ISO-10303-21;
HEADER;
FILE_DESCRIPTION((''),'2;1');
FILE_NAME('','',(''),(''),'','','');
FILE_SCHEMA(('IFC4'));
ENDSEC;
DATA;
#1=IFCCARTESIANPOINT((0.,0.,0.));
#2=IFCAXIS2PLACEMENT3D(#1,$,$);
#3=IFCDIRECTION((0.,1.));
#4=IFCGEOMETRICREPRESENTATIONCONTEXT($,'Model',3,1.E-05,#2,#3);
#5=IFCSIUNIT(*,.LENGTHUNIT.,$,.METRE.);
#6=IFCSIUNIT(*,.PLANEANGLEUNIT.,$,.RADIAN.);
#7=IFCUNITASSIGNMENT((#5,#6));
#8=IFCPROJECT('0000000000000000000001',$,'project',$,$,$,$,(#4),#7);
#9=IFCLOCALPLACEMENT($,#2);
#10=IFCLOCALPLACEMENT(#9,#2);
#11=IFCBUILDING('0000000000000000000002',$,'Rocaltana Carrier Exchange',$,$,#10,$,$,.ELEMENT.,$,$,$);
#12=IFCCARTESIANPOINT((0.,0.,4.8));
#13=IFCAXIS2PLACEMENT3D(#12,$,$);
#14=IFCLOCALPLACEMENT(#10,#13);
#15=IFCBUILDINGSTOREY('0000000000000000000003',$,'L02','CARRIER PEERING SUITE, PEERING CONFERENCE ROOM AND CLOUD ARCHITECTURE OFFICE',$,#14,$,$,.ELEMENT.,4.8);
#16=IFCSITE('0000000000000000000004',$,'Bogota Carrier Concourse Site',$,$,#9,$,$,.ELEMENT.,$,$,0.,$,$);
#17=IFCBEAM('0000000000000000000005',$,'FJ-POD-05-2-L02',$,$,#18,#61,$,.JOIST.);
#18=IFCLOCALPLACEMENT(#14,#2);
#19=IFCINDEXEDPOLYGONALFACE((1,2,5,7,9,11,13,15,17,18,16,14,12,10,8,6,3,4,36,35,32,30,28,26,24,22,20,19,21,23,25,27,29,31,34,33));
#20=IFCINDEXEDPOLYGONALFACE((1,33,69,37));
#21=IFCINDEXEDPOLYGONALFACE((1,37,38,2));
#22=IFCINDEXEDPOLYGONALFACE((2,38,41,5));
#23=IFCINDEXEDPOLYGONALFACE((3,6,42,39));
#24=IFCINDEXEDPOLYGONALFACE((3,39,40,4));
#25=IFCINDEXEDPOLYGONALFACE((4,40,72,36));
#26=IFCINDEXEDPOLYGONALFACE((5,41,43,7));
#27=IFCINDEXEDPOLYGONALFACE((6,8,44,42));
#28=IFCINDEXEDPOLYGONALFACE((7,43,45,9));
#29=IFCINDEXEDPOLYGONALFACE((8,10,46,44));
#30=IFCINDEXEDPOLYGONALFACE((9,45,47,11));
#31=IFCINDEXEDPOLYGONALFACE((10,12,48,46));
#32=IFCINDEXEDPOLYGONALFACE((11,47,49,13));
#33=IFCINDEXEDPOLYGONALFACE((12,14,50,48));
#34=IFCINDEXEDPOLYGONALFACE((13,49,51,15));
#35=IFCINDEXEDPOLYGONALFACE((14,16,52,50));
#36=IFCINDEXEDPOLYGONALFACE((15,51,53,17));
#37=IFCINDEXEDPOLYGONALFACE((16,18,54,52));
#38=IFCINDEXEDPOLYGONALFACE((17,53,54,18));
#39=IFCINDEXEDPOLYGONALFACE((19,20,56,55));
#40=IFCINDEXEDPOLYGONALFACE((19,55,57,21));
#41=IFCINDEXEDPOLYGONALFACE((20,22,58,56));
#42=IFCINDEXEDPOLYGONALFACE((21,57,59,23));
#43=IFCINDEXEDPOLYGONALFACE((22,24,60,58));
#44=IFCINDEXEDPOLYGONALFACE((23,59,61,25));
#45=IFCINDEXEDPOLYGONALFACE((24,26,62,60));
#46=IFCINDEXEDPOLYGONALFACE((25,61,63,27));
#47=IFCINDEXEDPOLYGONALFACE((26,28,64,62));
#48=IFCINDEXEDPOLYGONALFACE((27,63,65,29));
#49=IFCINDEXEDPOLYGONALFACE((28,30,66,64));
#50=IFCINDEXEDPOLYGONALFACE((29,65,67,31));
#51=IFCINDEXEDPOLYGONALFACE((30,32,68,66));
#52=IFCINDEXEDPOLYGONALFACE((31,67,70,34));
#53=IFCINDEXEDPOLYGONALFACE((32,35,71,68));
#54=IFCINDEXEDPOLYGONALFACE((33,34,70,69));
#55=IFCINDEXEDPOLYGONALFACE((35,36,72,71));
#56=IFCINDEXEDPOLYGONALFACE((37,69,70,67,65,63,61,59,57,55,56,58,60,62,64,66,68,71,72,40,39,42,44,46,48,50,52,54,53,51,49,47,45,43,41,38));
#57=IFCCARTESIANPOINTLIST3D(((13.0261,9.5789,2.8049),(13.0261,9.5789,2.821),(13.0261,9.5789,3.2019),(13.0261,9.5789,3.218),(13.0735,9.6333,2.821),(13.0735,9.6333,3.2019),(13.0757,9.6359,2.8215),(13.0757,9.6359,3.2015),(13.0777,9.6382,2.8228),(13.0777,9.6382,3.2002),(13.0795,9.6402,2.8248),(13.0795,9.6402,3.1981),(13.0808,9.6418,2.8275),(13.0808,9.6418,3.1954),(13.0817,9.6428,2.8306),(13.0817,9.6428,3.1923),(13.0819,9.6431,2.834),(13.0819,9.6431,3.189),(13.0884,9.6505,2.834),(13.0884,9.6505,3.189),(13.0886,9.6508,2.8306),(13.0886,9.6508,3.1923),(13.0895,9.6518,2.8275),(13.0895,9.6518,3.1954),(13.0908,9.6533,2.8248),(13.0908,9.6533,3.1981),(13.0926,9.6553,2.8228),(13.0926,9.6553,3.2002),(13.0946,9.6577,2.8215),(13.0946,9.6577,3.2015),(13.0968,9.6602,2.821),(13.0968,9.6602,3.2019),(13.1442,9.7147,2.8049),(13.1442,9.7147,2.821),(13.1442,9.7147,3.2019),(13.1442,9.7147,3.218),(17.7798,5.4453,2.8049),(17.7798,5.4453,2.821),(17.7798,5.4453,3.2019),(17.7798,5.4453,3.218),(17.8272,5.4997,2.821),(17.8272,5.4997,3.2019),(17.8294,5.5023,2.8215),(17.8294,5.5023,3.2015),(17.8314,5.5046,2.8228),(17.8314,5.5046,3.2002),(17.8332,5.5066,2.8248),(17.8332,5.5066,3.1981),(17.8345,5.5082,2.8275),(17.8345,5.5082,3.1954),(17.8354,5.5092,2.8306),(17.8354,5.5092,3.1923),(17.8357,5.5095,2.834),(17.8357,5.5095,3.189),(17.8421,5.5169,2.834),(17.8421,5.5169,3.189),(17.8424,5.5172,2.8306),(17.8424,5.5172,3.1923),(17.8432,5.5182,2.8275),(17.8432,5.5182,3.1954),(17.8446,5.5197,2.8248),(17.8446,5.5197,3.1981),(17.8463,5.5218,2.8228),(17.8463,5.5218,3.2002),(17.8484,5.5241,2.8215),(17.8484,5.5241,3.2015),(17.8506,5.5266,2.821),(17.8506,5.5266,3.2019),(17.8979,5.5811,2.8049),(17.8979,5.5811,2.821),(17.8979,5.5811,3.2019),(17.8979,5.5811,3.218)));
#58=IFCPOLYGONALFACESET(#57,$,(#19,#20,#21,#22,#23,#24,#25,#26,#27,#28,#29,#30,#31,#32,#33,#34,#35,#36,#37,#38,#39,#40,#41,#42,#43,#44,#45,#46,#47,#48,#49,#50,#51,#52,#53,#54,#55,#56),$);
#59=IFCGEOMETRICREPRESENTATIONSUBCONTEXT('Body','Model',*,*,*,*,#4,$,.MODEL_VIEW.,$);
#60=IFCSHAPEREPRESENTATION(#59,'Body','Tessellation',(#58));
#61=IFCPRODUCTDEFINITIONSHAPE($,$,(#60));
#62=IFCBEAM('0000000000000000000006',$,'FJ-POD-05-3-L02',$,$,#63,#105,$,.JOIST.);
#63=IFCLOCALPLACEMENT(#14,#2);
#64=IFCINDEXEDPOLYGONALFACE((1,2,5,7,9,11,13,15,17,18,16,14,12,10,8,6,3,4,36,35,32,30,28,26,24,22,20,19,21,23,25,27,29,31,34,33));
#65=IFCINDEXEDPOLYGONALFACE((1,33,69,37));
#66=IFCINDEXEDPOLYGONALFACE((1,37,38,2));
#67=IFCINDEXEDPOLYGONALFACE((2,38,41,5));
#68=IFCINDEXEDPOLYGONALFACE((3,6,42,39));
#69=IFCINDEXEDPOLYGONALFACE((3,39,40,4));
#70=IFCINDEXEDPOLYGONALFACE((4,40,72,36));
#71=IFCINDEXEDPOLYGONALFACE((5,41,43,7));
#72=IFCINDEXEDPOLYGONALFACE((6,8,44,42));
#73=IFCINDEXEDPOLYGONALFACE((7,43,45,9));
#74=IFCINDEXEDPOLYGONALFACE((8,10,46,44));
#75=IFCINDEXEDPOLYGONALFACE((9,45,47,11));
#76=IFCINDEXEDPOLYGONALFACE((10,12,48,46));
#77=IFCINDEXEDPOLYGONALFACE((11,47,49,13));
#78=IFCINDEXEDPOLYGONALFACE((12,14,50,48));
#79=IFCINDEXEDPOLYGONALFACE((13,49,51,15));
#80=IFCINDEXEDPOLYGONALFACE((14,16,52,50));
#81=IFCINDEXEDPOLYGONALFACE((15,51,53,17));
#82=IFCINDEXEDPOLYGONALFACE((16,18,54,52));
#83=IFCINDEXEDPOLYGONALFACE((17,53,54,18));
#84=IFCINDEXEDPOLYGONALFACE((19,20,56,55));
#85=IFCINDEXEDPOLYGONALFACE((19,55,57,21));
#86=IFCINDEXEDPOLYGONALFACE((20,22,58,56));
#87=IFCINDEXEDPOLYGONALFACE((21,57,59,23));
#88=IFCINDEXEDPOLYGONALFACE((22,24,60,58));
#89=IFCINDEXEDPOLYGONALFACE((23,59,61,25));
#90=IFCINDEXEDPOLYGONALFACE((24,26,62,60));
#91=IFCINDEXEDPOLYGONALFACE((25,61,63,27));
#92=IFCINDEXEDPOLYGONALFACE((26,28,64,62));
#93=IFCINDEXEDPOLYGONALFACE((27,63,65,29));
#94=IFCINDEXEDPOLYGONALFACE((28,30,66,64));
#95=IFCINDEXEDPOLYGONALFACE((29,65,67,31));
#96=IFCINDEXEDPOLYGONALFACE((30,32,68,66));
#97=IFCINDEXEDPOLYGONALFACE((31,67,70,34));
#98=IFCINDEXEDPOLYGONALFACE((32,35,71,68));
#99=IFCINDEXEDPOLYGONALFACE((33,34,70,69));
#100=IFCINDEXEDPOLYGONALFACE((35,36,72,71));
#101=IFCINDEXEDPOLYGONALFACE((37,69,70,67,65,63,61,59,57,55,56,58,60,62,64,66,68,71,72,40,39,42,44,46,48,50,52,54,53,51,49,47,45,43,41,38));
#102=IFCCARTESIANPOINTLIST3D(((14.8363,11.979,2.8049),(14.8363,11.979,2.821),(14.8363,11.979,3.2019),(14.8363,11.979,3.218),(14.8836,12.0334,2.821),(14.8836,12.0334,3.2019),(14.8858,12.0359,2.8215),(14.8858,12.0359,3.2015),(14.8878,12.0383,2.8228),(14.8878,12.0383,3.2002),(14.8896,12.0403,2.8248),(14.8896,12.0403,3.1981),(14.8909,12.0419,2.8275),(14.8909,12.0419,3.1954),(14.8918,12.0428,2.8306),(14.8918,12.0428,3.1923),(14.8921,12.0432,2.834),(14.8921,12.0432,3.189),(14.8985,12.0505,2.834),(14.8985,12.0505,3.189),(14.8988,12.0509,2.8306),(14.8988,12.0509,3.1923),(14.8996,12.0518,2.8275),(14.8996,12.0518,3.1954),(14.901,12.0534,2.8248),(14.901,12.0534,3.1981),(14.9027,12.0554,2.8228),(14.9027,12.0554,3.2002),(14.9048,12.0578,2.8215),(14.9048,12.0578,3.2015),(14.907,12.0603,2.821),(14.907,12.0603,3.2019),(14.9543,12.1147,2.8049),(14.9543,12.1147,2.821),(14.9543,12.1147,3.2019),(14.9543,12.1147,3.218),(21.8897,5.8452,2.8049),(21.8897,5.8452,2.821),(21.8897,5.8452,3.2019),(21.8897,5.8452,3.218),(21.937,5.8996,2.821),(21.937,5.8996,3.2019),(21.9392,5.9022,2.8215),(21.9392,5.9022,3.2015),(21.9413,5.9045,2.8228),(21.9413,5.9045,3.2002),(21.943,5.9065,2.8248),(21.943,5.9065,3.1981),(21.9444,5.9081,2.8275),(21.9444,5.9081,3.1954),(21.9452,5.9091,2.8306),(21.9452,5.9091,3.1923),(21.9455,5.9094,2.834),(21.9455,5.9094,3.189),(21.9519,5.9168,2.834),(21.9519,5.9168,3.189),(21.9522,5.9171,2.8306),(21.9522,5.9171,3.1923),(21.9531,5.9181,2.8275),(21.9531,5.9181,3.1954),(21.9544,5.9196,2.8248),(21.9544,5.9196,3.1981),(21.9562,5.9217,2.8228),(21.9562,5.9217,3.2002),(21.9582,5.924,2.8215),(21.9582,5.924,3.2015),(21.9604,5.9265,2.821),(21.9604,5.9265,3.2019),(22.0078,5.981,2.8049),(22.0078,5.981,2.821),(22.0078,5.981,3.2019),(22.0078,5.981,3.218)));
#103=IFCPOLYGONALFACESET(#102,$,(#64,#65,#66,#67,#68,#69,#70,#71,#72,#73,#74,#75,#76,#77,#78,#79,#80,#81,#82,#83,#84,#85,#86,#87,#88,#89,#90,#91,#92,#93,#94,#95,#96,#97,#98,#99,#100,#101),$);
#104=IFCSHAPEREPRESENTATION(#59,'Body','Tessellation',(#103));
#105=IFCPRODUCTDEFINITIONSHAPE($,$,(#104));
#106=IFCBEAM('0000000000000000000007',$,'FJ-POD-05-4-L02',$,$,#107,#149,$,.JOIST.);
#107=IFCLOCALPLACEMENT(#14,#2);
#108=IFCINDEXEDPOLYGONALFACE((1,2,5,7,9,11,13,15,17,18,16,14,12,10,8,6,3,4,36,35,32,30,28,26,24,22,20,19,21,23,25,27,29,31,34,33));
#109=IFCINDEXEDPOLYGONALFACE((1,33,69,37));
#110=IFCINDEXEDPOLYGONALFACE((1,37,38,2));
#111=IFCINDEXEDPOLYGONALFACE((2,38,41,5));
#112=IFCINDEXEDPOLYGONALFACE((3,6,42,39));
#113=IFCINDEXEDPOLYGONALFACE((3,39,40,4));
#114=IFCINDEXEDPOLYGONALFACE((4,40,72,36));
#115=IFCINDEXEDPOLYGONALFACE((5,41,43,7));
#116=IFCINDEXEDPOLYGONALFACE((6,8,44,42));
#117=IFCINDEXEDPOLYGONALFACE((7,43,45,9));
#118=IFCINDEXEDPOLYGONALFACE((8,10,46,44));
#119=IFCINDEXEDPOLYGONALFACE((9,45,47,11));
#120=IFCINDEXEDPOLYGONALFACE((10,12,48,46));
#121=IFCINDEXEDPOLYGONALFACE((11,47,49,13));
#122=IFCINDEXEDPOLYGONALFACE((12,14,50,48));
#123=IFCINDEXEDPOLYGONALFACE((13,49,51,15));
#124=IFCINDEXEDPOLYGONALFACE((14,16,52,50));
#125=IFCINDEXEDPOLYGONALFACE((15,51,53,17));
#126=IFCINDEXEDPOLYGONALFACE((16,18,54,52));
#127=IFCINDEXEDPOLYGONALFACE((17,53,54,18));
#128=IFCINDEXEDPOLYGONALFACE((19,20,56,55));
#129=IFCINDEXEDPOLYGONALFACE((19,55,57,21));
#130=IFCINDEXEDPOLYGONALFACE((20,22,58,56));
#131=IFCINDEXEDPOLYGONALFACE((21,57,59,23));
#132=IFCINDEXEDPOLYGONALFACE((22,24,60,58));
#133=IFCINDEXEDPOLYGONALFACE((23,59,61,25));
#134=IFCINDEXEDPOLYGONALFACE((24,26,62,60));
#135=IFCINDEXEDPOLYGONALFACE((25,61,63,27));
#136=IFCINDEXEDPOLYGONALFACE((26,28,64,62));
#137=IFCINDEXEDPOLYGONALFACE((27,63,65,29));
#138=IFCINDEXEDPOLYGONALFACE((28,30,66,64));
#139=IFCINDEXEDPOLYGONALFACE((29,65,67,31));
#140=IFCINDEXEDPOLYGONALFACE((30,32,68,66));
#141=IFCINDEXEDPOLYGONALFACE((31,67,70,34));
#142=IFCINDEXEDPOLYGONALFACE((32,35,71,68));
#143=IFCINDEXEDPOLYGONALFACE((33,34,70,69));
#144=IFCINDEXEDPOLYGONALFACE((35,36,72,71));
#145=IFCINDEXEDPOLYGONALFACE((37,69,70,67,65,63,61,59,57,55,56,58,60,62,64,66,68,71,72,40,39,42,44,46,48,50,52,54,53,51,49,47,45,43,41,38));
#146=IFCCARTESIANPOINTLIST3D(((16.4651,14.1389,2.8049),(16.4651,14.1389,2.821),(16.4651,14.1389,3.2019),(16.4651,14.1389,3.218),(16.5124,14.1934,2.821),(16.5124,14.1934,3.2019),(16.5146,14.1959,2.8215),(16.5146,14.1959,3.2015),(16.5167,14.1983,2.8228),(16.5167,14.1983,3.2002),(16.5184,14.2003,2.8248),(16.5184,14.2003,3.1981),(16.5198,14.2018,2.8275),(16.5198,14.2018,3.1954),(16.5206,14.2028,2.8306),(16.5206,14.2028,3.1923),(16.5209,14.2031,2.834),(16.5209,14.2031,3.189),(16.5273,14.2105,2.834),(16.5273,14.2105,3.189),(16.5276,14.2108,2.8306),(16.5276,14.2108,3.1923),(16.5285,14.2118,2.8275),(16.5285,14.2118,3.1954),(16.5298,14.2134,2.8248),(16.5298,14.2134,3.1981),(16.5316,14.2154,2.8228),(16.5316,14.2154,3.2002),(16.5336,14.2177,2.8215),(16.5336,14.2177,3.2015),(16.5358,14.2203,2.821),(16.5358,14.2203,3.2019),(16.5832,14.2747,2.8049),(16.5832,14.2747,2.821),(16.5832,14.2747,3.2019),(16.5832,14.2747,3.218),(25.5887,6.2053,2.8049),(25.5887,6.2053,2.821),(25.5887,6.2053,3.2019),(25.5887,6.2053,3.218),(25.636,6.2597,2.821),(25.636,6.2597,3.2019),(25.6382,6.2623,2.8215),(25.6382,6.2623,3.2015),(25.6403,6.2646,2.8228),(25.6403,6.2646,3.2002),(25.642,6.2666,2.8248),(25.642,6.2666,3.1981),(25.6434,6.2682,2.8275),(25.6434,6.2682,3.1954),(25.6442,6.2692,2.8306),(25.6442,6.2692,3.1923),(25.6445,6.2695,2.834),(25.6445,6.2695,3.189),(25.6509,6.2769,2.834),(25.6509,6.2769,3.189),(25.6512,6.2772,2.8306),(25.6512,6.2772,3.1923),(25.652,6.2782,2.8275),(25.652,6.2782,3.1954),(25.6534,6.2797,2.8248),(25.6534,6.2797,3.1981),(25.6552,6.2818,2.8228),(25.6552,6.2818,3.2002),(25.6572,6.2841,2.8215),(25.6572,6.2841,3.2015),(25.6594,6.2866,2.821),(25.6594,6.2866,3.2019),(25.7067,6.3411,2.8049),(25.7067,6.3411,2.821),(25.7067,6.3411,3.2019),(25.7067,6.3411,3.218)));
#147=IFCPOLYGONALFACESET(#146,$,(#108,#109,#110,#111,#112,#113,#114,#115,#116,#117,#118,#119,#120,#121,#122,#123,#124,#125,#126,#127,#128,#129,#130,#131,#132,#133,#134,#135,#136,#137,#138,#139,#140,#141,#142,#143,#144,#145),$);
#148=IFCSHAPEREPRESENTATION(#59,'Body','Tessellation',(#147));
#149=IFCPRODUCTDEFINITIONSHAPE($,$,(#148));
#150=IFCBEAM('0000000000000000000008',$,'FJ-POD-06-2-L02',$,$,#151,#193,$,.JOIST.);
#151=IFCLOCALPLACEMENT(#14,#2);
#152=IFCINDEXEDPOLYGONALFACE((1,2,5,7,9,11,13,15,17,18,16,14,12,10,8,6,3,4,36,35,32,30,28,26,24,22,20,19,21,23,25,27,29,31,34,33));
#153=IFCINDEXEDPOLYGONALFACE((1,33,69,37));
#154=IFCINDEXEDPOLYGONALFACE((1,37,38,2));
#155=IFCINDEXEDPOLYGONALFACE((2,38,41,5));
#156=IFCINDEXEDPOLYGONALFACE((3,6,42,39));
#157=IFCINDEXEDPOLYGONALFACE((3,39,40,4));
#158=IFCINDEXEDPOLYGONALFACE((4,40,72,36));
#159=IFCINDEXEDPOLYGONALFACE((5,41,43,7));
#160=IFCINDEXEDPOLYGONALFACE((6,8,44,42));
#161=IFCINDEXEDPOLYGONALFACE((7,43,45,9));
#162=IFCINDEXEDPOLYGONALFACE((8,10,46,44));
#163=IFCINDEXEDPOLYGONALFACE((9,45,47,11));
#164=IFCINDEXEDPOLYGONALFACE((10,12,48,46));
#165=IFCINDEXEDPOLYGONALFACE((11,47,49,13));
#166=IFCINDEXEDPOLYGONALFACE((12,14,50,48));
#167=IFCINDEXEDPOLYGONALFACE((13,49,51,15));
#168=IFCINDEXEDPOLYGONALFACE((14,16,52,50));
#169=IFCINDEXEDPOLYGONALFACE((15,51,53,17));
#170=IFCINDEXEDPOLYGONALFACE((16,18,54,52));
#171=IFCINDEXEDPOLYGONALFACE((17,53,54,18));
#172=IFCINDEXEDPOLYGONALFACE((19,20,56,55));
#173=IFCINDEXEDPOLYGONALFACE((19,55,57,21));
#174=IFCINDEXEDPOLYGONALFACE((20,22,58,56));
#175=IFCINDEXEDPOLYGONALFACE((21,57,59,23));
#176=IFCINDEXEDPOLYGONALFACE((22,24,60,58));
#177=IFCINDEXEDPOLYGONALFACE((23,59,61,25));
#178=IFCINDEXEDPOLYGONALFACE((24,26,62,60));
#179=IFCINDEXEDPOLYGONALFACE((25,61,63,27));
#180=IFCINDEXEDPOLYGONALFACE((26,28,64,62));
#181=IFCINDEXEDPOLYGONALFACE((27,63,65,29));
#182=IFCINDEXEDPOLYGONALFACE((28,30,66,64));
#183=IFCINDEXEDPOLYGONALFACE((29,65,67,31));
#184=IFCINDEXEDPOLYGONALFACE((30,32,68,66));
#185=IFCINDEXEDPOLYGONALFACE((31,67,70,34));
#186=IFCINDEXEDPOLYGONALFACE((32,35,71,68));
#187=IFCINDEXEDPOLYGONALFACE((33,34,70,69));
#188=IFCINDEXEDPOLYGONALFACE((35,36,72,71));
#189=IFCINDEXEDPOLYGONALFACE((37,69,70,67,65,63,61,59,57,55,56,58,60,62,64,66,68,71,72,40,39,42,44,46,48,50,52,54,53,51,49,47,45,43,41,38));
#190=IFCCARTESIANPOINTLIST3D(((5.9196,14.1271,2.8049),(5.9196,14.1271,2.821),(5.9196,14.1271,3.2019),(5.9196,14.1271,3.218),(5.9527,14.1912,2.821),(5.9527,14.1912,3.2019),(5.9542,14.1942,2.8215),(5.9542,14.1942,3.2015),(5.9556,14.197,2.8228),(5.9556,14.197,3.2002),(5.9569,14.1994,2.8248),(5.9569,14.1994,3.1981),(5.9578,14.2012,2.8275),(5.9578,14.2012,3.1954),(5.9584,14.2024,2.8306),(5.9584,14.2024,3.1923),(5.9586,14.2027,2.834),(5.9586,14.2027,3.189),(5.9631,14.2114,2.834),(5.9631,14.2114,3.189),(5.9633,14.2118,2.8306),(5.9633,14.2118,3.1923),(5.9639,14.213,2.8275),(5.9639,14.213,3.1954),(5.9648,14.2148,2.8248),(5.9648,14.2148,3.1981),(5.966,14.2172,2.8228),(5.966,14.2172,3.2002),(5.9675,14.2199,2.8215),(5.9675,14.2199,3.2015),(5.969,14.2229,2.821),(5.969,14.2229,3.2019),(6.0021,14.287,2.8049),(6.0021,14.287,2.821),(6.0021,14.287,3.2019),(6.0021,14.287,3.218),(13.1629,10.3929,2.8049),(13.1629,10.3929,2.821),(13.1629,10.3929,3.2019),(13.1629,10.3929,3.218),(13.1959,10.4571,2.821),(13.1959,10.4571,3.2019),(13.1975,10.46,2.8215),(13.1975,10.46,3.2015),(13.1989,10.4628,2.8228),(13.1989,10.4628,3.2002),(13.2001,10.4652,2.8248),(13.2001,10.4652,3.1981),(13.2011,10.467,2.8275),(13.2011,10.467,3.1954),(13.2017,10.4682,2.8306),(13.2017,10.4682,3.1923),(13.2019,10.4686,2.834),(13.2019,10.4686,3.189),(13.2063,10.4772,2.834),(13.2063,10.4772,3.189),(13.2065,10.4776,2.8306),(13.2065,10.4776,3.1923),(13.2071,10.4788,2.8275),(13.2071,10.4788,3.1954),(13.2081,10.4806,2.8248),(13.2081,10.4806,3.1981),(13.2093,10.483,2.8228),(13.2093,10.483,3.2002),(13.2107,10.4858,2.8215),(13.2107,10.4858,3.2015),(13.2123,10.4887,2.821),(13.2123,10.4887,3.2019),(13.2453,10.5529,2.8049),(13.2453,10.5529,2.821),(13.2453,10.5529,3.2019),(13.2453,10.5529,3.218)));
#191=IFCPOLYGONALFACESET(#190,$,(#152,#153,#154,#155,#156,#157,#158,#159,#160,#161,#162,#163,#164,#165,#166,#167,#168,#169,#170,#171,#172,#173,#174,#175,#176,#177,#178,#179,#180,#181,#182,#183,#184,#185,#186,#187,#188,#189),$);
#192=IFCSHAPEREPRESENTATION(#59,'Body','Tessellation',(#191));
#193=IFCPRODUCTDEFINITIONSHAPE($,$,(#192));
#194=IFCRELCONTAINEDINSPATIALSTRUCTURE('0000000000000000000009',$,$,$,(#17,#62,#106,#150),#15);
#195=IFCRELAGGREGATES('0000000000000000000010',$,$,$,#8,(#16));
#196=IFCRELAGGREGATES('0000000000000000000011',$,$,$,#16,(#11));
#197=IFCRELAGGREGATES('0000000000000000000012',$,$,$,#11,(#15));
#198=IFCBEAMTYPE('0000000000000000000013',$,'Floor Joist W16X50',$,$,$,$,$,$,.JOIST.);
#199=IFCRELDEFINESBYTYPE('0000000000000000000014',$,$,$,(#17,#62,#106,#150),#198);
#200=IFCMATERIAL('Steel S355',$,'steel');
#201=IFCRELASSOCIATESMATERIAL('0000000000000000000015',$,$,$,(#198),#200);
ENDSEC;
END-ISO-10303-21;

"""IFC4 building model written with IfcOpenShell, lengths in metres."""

from ifc_helpers import new_model, si_unit, direction, frame, origin, origin_2d, place, context, subcontext, project, spatial, i_section, extrude, material, material_profile, profile_set, type_object, element, save


model = new_model("IFC4")

# Units and contexts
model_context = context("Model", 3, precision=1e-05, world=origin(), true_north=direction((0.0, 1.0)))
body_context = subcontext(model_context, "Body", "Model", "MODEL_VIEW")
ifc_project = project(units=[si_unit("LENGTHUNIT", "METRE"), si_unit("PLANEANGLEUNIT", "RADIAN")], contexts=[model_context])

# Site, building, storey
site_placement = place(None, origin())
site = spatial("IfcSite", under=ifc_project, at=site_placement, Name="Bogota Carrier Concourse Site", CompositionType="ELEMENT", RefElevation=0.0)
building_placement = place(site_placement, origin())
building = spatial("IfcBuilding", under=site, at=building_placement, Name="Rocaltana Carrier Exchange", CompositionType="ELEMENT")
storey_placement = place(building_placement, frame((0.0, 0.0, 4.8)))
storey = spatial("IfcBuildingStorey", under=building, at=storey_placement, Name="L02", Description="CARRIER PEERING SUITE, PEERING CONFERENCE ROOM AND CLOUD ARCHITECTURE OFFICE", CompositionType="ELEMENT", Elevation=4.8)

# Beams
ifc_material_1 = material(Name="Steel S355", Category="steel")
ifc_material_profile_1 = material_profile(ifc_material_1, i_section(OverallWidth=0.1799, OverallDepth=0.4131, WebThickness=0.0098, FlangeThickness=0.0161, FilletRadius=0.0129, at=origin_2d()), Name="W16X50")
ifc_profile_set_1 = profile_set([ifc_material_profile_1], Name="Steel S355")
beam_type_1 = type_object("IfcBeamType", Name="Floor Joist W16X50", PredefinedType="JOIST", material=ifc_profile_set_1)
beam_1_placement = place(storey_placement, frame((17.8389, 5.5132, 3.0115), z_axis=(-0.754611, 0.656172, 0.0), x_axis=(-0.656172, -0.754611, 0.0)))
element("IfcBeam", 1, at=beam_1_placement, inside=storey, type_object=beam_type_1, Name="FJ-POD-05-2-L02", PredefinedType="JOIST", context=body_context, shape_type="SweptSolid", body=[
    extrude(i_section(OverallWidth=0.1799, OverallDepth=0.4131, WebThickness=0.0098, FlangeThickness=0.0161, FilletRadius=0.0129, at=origin_2d()), origin(), (0.0, 0.0, 1.0), 6.2996),
])
beam_2_placement = place(storey_placement, frame((21.9487, 5.9131, 3.0115), z_axis=(-0.754588, 0.656199, 0.0), x_axis=(-0.656199, -0.754588, 0.0)))
element("IfcBeam", 2, at=beam_2_placement, inside=storey, type_object=beam_type_1, Name="FJ-POD-05-3-L02", PredefinedType="JOIST", context=body_context, shape_type="SweptSolid", body=[
    extrude(i_section(OverallWidth=0.1799, OverallDepth=0.4131, WebThickness=0.0098, FlangeThickness=0.0161, FilletRadius=0.0129, at=origin_2d()), origin(), (0.0, 0.0, 1.0), 9.3474),
])
beam_3_placement = place(storey_placement, frame((25.6477, 6.2732, 3.0115), z_axis=(-0.754602, 0.656183, 0.0), x_axis=(-0.656183, -0.754602, 0.0)))
element("IfcBeam", 3, at=beam_3_placement, inside=storey, type_object=beam_type_1, Name="FJ-POD-05-4-L02", PredefinedType="JOIST", context=body_context, shape_type="SweptSolid", body=[
    extrude(i_section(OverallWidth=0.1799, OverallDepth=0.4131, WebThickness=0.0098, FlangeThickness=0.0161, FilletRadius=0.0129, at=origin_2d()), origin(), (0.0, 0.0, 1.0), 12.0906),
])
beam_4_placement = place(storey_placement, frame((13.2041, 10.4729, 3.0115), z_axis=(-0.888834, 0.458228, 0.0), x_axis=(-0.458228, -0.888834, 0.0)))
element("IfcBeam", 4, at=beam_4_placement, inside=storey, type_object=beam_type_1, Name="FJ-POD-06-2-L02", PredefinedType="JOIST", context=body_context, shape_type="SweptSolid", body=[
    extrude(i_section(OverallWidth=0.1799, OverallDepth=0.4131, WebThickness=0.0098, FlangeThickness=0.0161, FilletRadius=0.0129, at=origin_2d()), origin(), (0.0, 0.0, 1.0), 8.1492),
])

save(model, "model.ifc")
